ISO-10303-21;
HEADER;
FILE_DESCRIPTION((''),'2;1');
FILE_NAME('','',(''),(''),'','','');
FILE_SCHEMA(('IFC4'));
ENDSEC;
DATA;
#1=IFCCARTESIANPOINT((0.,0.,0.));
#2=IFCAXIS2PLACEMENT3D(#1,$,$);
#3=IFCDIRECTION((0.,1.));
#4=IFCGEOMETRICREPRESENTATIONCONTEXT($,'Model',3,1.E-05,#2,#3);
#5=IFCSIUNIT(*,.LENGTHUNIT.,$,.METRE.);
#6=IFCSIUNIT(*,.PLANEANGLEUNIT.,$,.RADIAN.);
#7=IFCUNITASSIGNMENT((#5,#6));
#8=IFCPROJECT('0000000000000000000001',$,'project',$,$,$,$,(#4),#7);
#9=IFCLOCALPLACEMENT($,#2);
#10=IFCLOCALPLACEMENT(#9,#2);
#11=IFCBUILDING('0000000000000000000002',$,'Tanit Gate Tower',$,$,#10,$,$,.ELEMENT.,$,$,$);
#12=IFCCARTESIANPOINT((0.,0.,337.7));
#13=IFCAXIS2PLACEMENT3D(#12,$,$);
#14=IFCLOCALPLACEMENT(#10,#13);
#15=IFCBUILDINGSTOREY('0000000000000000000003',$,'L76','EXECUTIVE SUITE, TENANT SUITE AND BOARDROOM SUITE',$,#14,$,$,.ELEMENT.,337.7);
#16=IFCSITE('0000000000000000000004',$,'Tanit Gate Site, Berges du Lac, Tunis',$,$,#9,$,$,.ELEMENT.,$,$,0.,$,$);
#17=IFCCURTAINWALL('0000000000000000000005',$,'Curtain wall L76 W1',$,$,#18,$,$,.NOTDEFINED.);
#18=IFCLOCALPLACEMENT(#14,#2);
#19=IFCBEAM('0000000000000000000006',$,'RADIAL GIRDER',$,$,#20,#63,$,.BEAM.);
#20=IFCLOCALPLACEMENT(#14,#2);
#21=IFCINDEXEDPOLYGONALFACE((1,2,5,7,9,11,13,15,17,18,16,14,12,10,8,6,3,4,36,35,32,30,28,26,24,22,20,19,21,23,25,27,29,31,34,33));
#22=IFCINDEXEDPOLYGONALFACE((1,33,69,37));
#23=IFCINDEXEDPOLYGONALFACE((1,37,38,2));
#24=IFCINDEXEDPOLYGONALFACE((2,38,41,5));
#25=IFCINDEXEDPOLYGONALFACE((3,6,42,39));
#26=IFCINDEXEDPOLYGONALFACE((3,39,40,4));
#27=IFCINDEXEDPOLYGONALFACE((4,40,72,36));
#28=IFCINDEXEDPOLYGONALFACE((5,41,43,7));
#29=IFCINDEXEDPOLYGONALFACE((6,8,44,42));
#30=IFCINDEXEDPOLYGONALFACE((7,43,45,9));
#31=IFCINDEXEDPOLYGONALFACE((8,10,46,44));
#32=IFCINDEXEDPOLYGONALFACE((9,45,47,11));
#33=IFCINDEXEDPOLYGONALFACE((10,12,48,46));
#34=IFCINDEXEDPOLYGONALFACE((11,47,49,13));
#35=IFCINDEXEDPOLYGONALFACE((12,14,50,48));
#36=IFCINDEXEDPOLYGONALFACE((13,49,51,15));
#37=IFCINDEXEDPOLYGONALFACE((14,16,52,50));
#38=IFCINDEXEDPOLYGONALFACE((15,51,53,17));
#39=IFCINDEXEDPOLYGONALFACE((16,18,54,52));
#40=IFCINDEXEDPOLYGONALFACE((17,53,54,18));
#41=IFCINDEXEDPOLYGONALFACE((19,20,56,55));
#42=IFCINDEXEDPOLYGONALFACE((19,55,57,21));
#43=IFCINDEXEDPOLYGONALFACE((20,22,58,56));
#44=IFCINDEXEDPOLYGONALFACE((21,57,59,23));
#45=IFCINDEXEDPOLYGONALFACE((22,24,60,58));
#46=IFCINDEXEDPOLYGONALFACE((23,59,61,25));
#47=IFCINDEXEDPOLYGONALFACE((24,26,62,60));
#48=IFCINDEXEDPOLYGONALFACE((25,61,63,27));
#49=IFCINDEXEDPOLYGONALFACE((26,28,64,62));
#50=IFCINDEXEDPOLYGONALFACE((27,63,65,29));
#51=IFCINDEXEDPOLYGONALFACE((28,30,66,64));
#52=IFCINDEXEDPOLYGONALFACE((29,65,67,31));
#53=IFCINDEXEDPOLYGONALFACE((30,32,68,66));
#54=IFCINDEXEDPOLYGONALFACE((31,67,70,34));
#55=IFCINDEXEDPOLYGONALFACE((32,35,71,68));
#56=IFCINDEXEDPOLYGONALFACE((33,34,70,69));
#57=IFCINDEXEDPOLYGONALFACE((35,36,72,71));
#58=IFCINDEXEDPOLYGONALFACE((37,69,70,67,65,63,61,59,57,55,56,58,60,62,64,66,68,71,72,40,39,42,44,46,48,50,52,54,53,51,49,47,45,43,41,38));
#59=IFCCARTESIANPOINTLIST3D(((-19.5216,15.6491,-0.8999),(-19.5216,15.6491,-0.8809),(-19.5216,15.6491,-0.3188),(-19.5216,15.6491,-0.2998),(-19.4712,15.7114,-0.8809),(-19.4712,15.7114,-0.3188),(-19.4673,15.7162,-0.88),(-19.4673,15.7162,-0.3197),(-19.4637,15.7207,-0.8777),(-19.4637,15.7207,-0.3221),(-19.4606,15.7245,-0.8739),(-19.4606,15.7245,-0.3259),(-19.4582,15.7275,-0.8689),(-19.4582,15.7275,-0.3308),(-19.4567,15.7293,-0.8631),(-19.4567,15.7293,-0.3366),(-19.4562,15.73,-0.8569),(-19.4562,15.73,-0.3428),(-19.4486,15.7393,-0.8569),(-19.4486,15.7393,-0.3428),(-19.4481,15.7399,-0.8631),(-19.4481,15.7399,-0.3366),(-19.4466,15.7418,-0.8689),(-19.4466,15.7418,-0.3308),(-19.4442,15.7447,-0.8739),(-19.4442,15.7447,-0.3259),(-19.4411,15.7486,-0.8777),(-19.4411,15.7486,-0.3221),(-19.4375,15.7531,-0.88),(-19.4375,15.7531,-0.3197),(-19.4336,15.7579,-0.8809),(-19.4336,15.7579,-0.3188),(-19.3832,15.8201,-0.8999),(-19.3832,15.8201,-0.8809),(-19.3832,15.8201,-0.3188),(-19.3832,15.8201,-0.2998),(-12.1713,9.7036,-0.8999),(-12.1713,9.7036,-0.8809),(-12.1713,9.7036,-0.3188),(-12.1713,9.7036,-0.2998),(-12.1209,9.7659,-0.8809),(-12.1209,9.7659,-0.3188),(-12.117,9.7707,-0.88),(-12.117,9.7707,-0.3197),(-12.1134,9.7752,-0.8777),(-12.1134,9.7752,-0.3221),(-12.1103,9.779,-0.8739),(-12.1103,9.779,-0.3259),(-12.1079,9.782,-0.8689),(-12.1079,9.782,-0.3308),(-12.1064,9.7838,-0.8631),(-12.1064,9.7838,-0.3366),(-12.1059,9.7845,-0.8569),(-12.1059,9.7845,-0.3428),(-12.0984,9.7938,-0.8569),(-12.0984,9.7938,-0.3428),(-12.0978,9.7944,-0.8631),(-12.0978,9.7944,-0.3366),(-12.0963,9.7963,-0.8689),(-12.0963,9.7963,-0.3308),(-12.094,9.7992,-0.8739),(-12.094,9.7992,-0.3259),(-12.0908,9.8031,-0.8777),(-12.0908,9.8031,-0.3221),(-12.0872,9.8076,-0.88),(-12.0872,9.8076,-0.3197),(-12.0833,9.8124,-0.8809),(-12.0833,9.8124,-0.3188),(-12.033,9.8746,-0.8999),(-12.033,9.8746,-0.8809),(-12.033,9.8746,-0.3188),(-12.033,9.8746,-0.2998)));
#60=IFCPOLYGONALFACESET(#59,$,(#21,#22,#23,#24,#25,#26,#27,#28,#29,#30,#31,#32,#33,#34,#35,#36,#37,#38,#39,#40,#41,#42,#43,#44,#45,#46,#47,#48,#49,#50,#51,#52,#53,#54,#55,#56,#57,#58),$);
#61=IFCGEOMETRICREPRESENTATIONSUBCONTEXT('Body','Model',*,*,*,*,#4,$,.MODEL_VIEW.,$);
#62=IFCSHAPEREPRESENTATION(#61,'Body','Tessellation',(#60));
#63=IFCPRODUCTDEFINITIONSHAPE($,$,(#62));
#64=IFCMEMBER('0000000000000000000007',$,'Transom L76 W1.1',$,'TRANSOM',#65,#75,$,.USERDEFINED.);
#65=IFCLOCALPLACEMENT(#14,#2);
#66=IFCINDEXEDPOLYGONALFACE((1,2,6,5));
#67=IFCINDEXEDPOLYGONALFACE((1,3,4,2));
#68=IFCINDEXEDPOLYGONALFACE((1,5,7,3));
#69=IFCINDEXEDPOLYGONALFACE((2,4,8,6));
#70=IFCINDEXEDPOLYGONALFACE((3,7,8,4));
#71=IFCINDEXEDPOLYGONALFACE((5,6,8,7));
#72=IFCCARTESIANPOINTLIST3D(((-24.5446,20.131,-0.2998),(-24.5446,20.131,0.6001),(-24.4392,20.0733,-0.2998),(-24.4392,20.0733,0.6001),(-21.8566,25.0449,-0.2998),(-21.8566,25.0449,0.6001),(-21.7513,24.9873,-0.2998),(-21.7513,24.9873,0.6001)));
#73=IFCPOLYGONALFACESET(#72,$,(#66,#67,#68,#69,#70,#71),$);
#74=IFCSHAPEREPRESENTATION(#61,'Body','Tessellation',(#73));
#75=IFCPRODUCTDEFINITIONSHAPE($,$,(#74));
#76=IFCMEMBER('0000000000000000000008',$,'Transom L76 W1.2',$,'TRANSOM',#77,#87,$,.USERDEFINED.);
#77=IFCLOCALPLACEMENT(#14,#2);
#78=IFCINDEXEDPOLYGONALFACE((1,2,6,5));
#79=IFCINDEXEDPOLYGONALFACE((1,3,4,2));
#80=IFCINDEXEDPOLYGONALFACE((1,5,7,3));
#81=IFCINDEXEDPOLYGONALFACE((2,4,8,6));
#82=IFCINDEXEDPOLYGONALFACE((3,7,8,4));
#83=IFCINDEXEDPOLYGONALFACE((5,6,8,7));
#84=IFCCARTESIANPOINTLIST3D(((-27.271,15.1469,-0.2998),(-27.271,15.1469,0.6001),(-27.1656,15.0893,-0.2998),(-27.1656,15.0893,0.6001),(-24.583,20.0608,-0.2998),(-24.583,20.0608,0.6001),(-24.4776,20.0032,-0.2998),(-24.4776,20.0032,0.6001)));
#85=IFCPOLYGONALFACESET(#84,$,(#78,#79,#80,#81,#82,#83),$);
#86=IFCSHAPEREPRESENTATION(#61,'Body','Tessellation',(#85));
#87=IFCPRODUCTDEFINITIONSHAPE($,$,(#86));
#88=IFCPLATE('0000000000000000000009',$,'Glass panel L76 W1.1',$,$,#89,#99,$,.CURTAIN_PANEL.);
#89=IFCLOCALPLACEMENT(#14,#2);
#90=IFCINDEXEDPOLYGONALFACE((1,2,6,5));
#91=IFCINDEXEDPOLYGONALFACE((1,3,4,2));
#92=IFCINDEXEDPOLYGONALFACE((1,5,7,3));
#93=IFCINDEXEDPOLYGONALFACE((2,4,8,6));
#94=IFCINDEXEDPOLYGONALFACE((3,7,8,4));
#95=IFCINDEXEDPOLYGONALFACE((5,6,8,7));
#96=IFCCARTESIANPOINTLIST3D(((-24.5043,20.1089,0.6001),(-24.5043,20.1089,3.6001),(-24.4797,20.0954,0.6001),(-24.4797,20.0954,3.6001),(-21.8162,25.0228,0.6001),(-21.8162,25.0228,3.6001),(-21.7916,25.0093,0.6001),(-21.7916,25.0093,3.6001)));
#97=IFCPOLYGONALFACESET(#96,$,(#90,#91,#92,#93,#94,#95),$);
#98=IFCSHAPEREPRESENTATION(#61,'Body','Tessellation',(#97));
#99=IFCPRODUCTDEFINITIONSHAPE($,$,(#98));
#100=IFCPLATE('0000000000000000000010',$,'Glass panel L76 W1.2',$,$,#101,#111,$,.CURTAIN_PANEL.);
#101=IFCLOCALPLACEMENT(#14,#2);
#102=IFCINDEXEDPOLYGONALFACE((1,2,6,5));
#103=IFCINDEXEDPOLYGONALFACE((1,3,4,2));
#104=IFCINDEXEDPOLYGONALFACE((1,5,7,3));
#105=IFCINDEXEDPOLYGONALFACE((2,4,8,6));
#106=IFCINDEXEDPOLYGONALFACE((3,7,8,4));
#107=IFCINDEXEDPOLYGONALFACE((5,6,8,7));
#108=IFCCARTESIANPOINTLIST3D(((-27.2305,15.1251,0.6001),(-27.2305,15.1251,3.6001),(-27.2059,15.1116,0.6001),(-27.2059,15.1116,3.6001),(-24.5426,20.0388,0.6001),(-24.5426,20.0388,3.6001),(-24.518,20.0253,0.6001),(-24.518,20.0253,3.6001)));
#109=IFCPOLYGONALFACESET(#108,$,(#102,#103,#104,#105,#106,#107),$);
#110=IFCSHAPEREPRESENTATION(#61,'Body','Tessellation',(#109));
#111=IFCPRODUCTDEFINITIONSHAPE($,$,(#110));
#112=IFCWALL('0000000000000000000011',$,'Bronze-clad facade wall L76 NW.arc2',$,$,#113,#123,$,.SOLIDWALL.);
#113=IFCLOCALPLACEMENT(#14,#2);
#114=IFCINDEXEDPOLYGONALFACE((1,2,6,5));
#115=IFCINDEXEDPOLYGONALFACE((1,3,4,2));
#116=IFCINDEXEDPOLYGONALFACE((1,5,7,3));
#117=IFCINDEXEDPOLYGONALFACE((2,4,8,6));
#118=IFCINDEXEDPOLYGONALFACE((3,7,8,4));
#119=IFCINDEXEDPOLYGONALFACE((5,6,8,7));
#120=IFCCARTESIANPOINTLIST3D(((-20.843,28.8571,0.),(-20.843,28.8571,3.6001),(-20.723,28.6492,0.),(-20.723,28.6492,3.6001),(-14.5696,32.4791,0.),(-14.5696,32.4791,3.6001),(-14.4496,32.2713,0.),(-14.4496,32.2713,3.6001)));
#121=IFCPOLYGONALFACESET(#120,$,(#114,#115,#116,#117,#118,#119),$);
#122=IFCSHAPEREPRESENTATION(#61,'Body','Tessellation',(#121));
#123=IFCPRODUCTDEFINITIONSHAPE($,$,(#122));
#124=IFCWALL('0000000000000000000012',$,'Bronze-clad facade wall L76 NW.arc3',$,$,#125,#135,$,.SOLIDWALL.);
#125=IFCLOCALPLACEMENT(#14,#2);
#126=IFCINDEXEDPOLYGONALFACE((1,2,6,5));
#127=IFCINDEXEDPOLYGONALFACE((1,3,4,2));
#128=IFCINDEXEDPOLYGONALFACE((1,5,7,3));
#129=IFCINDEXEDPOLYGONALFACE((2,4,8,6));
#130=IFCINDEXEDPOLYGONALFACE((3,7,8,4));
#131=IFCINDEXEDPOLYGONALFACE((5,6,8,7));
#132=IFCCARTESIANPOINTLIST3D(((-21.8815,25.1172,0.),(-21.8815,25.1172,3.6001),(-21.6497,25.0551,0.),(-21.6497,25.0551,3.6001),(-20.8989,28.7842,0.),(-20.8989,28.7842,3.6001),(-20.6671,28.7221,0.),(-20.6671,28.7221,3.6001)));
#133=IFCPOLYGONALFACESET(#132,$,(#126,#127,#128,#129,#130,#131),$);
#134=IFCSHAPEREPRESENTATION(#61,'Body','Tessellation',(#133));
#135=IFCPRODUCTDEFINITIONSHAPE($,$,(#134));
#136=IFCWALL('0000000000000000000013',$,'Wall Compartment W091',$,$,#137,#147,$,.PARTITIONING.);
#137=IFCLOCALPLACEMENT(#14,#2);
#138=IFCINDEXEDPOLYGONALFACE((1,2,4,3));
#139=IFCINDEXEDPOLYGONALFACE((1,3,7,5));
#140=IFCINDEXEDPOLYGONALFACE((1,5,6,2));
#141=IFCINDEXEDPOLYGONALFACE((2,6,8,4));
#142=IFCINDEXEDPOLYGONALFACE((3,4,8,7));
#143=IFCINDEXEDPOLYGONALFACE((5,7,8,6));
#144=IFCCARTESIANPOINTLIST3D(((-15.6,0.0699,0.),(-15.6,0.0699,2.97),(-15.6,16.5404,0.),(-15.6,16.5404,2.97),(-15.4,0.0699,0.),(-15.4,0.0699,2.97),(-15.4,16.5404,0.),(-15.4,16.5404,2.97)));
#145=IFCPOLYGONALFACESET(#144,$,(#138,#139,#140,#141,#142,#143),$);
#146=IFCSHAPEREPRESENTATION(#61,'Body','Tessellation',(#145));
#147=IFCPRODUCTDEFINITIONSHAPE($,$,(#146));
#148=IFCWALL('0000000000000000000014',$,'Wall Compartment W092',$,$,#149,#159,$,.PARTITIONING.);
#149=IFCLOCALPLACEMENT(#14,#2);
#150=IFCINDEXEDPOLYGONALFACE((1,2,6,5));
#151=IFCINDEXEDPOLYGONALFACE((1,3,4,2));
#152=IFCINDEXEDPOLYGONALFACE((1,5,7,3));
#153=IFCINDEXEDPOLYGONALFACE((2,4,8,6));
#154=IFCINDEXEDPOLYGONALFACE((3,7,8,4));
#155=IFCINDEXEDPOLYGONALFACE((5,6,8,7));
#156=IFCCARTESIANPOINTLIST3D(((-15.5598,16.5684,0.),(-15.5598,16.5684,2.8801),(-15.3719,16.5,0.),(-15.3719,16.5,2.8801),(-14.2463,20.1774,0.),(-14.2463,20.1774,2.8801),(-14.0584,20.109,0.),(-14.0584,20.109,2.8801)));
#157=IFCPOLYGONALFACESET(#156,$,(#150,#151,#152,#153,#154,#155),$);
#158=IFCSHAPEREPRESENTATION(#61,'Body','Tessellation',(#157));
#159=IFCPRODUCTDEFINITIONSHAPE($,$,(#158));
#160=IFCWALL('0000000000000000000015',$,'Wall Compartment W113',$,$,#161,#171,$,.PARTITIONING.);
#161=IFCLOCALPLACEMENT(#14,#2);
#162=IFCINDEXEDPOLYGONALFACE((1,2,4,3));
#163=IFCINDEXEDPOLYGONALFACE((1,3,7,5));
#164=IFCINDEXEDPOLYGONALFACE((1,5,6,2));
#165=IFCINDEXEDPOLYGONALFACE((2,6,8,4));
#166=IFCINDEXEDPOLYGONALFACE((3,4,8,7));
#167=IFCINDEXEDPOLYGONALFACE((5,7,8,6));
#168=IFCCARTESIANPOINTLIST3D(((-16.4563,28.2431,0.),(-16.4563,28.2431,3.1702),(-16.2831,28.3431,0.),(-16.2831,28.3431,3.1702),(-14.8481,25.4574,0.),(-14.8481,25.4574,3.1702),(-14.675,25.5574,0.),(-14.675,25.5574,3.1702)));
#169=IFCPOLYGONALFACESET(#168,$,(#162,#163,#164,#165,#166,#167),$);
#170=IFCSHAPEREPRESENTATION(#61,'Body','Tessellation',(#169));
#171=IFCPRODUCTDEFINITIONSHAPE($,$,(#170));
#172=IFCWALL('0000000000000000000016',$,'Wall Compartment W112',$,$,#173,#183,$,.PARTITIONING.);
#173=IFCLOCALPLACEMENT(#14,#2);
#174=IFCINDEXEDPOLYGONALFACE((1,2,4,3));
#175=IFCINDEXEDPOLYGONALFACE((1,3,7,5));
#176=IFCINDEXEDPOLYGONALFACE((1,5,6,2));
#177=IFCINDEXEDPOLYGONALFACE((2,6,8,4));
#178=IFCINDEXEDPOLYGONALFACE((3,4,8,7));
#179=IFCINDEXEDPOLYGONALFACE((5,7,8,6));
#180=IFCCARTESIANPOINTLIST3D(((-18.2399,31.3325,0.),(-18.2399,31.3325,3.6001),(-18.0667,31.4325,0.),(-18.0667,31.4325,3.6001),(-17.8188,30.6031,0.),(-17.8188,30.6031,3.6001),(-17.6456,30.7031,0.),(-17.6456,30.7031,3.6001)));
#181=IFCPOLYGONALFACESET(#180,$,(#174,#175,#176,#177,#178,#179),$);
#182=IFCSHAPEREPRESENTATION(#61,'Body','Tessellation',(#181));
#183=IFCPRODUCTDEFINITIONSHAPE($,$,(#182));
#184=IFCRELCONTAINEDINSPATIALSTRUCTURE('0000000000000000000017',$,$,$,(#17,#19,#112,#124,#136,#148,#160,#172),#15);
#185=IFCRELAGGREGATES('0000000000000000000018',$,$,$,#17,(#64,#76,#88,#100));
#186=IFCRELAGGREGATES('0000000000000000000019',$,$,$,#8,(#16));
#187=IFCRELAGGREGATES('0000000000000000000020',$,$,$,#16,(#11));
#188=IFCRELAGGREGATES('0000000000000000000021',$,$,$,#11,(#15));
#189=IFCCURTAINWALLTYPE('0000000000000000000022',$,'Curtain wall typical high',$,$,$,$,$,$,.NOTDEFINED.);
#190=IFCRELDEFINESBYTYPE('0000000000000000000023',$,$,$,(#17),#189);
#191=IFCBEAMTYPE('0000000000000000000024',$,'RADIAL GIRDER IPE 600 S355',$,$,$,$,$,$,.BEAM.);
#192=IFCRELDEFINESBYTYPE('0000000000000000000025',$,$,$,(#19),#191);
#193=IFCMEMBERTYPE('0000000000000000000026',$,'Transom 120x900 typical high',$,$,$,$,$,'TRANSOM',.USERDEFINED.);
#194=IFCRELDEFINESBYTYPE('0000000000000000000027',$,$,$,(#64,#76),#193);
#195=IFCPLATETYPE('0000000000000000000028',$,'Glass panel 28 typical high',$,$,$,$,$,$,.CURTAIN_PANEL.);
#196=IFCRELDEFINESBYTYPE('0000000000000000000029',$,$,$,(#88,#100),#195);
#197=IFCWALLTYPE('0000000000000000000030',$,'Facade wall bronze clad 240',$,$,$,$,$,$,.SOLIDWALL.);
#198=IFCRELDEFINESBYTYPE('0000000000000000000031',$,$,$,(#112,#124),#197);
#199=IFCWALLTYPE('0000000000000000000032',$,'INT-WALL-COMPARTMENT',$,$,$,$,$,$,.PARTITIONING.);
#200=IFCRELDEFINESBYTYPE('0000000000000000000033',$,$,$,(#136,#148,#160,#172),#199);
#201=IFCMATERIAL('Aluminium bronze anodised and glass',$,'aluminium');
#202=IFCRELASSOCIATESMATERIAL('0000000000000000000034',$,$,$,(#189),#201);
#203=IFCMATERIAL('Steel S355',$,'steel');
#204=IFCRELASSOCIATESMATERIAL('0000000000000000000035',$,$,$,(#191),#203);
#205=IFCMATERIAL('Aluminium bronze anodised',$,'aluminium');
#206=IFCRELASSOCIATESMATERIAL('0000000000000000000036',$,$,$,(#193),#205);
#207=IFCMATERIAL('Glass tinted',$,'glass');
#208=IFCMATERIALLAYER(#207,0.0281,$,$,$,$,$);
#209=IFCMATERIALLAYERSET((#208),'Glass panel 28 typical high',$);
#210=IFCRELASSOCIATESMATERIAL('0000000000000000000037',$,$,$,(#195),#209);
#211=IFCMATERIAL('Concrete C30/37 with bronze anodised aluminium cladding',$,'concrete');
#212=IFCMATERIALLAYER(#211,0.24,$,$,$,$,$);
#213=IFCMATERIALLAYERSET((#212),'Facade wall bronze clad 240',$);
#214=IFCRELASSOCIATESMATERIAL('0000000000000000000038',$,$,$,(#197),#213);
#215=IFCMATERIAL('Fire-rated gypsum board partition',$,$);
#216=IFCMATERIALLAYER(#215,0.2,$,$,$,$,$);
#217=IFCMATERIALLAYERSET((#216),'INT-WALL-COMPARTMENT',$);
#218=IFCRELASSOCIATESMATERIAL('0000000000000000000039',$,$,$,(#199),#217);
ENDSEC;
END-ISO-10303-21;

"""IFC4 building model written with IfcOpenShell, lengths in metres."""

from ifc_helpers import new_model, si_unit, direction, frame, frame_2d, origin, origin_2d, place, context, subcontext, project, spatial, rectangle, i_section, extrude, material, layer, layer_set, material_profile, profile_set, type_object, element, aggregate, save


model = new_model("IFC4")

# Units and contexts
model_context = context("Model", 3, precision=1e-05, world=origin(), true_north=direction((0.0, 1.0)))
body_context = subcontext(model_context, "Body", "Model", "MODEL_VIEW")
ifc_project = project(units=[si_unit("LENGTHUNIT", "METRE"), si_unit("PLANEANGLEUNIT", "RADIAN")], contexts=[model_context])

# Site, building, storey
site_placement = place(None, origin())
site = spatial("IfcSite", under=ifc_project, at=site_placement, Name="Tanit Gate Site, Berges du Lac, Tunis", CompositionType="ELEMENT", RefElevation=0.0)
building_placement = place(site_placement, origin())
building = spatial("IfcBuilding", under=site, at=building_placement, Name="Tanit Gate Tower", CompositionType="ELEMENT")
storey_placement = place(building_placement, frame((0.0, 0.0, 337.7)))
storey = spatial("IfcBuildingStorey", under=building, at=storey_placement, Name="L76", Description="EXECUTIVE SUITE, TENANT SUITE AND BOARDROOM SUITE", CompositionType="ELEMENT", Elevation=337.7)

# Curtain wall
ifc_material_1 = material(Name="Aluminium bronze anodised and glass", Category="aluminium")
curtain_wall_type = type_object("IfcCurtainWallType", Name="Curtain wall typical high", PredefinedType="NOTDEFINED", material=ifc_material_1)
curtain_wall_placement = place(storey_placement, origin())
curtain_wall = element("IfcCurtainWall", 1, at=curtain_wall_placement, inside=storey, type_object=curtain_wall_type, Name="Curtain wall L76 W1", PredefinedType="NOTDEFINED")

# Beam
ifc_material_2 = material(Name="Steel S355", Category="steel")
ifc_material_profile_1 = material_profile(ifc_material_2, i_section(OverallWidth=0.22, OverallDepth=0.6001, WebThickness=0.012, FlangeThickness=0.019, FilletRadius=0.0239, at=origin_2d()), Name="IPE 600")
ifc_profile_set_1 = profile_set([ifc_material_profile_1], Name="Steel S355")
beam_type_1 = type_object("IfcBeamType", Name="RADIAL GIRDER IPE 600 S355", PredefinedType="BEAM", material=ifc_profile_set_1)
beam_1_placement = place(storey_placement, frame((-19.4524, 15.7346, -0.5999), z_axis=(0.777489, -0.628897, 0.0), x_axis=(0.628897, 0.777489, 0.0)))
element("IfcBeam", 2, at=beam_1_placement, inside=storey, type_object=beam_type_1, Name="RADIAL GIRDER", PredefinedType="BEAM", context=body_context, shape_type="SweptSolid", body=[
    extrude(i_section(OverallWidth=0.22, OverallDepth=0.6001, WebThickness=0.012, FlangeThickness=0.019, FilletRadius=0.0239, at=origin_2d()), origin(), (0.0, 0.0, 1.0), 9.4539),
])

# Members
ifc_material_3 = material(Name="Aluminium bronze anodised", Category="aluminium")
ifc_material_profile_2 = material_profile(ifc_material_3, rectangle(XDim=0.1201, YDim=0.8999, at=origin_2d()), Name="120x900 bronze transom")
ifc_profile_set_2 = profile_set([ifc_material_profile_2], Name="Aluminium bronze anodised")
member_type_1 = type_object("IfcMemberType", Name="Transom 120x900 typical high", ElementType="TRANSOM", PredefinedType="USERDEFINED", material=ifc_profile_set_2)
member_1_placement = place(storey_placement, frame((-21.804, 25.0161, 0.1501), z_axis=(-0.479896, -0.877325, 0.0), x_axis=(0.877325, -0.479896, 0.0)))
member_1 = element("IfcMember", 3, at=member_1_placement, type_object=member_type_1, Name="Transom L76 W1.1", ObjectType="TRANSOM", PredefinedType="USERDEFINED", context=body_context, shape_type="SweptSolid", body=[
    extrude(rectangle(XDim=0.1201, YDim=0.8999, at=origin_2d()), origin(), (0.0, 0.0, 1.0), 5.6011),
])
member_2_placement = place(storey_placement, frame((-24.5303, 20.032, 0.1501), z_axis=(-0.479915, -0.877315, 0.0), x_axis=(0.877315, -0.479915, 0.0)))
member_2 = element("IfcMember", 4, at=member_2_placement, type_object=member_type_1, Name="Transom L76 W1.2", ObjectType="TRANSOM", PredefinedType="USERDEFINED", context=body_context, shape_type="SweptSolid", body=[
    extrude(rectangle(XDim=0.1201, YDim=0.8999, at=origin_2d()), origin(), (0.0, 0.0, 1.0), 5.6011),
])

# Plates
ifc_material_4 = material(Name="Glass tinted", Category="glass")
ifc_layer_1 = layer(ifc_material_4, 0.0281)
ifc_layer_set_1 = layer_set([ifc_layer_1], Name="Glass panel 28 typical high")
plate_type = type_object("IfcPlateType", Name="Glass panel 28 typical high", PredefinedType="CURTAIN_PANEL", material=ifc_layer_set_1)
plate_1_placement = place(storey_placement, frame((-23.1479, 22.5591, 0.6001), z_axis=(0.0, 0.0, 1.0), x_axis=(-0.479914, -0.877315, 0.0)))
plate_1 = element("IfcPlate", 5, at=plate_1_placement, type_object=plate_type, Name="Glass panel L76 W1.1", PredefinedType="CURTAIN_PANEL", context=body_context, shape_type="SweptSolid", body=[
    extrude(rectangle(XDim=5.6011, YDim=0.0281, at=origin_2d()), origin(), (0.0, 0.0, 1.0), 3.0),
])
plate_2_placement = place(storey_placement, frame((-25.8743, 17.5752, 0.6001), z_axis=(0.0, 0.0, 1.0), x_axis=(-0.479914, -0.877315, 0.0)))
plate_2 = element("IfcPlate", 6, at=plate_2_placement, type_object=plate_type, Name="Glass panel L76 W1.2", PredefinedType="CURTAIN_PANEL", context=body_context, shape_type="SweptSolid", body=[
    extrude(rectangle(XDim=5.6008, YDim=0.0281, at=origin_2d()), origin(), (0.0, 0.0, 1.0), 3.0),
])
aggregate(curtain_wall, [member_1, member_2, plate_1, plate_2])

# Walls
ifc_material_5 = material(Name="Concrete C30/37 with bronze anodised aluminium cladding", Category="concrete")
ifc_layer_2 = layer(ifc_material_5, 0.24)
ifc_layer_set_2 = layer_set([ifc_layer_2], Name="Facade wall bronze clad 240")
wall_type_1 = type_object("IfcWallType", Name="Facade wall bronze clad 240", PredefinedType="SOLIDWALL", material=ifc_layer_set_2)
wall_1_placement = place(storey_placement, frame((-14.5095, 32.3752, 0.0), z_axis=(0.0, 0.0, 1.0), x_axis=(-0.866019, -0.50001, 0.0)))
element("IfcWall", 7, at=wall_1_placement, inside=storey, type_object=wall_type_1, Name="Bronze-clad facade wall L76 NW.arc2", PredefinedType="SOLIDWALL", context=body_context, shape_type="SweptSolid", body=[
    extrude(rectangle(XDim=7.2439, YDim=0.24, at=frame_2d((3.6221, 0.0))), origin(), (0.0, 0.0, 1.0), 3.6001),
])
wall_2_placement = place(storey_placement, frame((-20.783, 28.7532, 0.0), z_axis=(0.0, 0.0, 1.0), x_axis=(-0.258843, -0.965919, 0.0)))
element("IfcWall", 8, at=wall_2_placement, inside=storey, type_object=wall_type_1, Name="Bronze-clad facade wall L76 NW.arc3", PredefinedType="SOLIDWALL", context=body_context, shape_type="SweptSolid", body=[
    extrude(rectangle(XDim=3.7964, YDim=0.24, at=frame_2d((1.8982, 0.0))), origin(), (0.0, 0.0, 1.0), 3.6001),
])
ifc_material_6 = material(Name="Fire-rated gypsum board partition")
ifc_layer_3 = layer(ifc_material_6, 0.2)
ifc_layer_set_3 = layer_set([ifc_layer_3], Name="INT-WALL-COMPARTMENT")
wall_type_2 = type_object("IfcWallType", Name="INT-WALL-COMPARTMENT", PredefinedType="PARTITIONING", material=ifc_layer_set_3)
wall_3_placement = place(storey_placement, frame((-15.5, 16.5405, 0.0), z_axis=(0.0, 0.0, 1.0), x_axis=(0.0, -1.0, 0.0)))
element("IfcWall", 9, at=wall_3_placement, inside=storey, type_object=wall_type_2, Name="Wall Compartment W091", PredefinedType="PARTITIONING", context=body_context, shape_type="SweptSolid", body=[
    extrude(rectangle(XDim=16.4705, YDim=0.2, at=frame_2d((8.2354, 0.0))), origin(), (0.0, 0.0, 1.0), 2.97),
])
wall_4_placement = place(storey_placement, frame((-14.1523, 20.1433, 0.0), z_axis=(0.0, 0.0, 1.0), x_axis=(-0.342008, -0.939697, 0.0)))
element("IfcWall", 10, at=wall_4_placement, inside=storey, type_object=wall_type_2, Name="Wall Compartment W092", PredefinedType="PARTITIONING", context=body_context, shape_type="SweptSolid", body=[
    extrude(rectangle(XDim=3.8406, YDim=0.2, at=frame_2d((1.9204, 0.0))), origin(), (0.0, 0.0, 1.0), 2.8801),
])
wall_5_placement = place(storey_placement, frame((-14.7615, 25.5073, 0.0), z_axis=(0.0, 0.0, 1.0), x_axis=(-0.499968, 0.866044, 0.0)))
element("IfcWall", 11, at=wall_5_placement, inside=storey, type_object=wall_type_2, Name="Wall Compartment W113", PredefinedType="PARTITIONING", context=body_context, shape_type="SweptSolid", body=[
    extrude(rectangle(XDim=3.2166, YDim=0.2, at=frame_2d((1.6084, 0.0))), origin(), (0.0, 0.0, 1.0), 3.1702),
])
wall_6_placement = place(storey_placement, frame((-17.7322, 30.6531, 0.0), z_axis=(0.0, 0.0, 1.0), x_axis=(-0.499973, 0.866041, 0.0)))
element("IfcWall", 12, at=wall_6_placement, inside=storey, type_object=wall_type_2, Name="Wall Compartment W112", PredefinedType="PARTITIONING", context=body_context, shape_type="SweptSolid", body=[
    extrude(rectangle(XDim=0.8423, YDim=0.2, at=frame_2d((0.4211, 0.0))), origin(), (0.0, 0.0, 1.0), 3.6001),
])

save(model, "model.ifc")
